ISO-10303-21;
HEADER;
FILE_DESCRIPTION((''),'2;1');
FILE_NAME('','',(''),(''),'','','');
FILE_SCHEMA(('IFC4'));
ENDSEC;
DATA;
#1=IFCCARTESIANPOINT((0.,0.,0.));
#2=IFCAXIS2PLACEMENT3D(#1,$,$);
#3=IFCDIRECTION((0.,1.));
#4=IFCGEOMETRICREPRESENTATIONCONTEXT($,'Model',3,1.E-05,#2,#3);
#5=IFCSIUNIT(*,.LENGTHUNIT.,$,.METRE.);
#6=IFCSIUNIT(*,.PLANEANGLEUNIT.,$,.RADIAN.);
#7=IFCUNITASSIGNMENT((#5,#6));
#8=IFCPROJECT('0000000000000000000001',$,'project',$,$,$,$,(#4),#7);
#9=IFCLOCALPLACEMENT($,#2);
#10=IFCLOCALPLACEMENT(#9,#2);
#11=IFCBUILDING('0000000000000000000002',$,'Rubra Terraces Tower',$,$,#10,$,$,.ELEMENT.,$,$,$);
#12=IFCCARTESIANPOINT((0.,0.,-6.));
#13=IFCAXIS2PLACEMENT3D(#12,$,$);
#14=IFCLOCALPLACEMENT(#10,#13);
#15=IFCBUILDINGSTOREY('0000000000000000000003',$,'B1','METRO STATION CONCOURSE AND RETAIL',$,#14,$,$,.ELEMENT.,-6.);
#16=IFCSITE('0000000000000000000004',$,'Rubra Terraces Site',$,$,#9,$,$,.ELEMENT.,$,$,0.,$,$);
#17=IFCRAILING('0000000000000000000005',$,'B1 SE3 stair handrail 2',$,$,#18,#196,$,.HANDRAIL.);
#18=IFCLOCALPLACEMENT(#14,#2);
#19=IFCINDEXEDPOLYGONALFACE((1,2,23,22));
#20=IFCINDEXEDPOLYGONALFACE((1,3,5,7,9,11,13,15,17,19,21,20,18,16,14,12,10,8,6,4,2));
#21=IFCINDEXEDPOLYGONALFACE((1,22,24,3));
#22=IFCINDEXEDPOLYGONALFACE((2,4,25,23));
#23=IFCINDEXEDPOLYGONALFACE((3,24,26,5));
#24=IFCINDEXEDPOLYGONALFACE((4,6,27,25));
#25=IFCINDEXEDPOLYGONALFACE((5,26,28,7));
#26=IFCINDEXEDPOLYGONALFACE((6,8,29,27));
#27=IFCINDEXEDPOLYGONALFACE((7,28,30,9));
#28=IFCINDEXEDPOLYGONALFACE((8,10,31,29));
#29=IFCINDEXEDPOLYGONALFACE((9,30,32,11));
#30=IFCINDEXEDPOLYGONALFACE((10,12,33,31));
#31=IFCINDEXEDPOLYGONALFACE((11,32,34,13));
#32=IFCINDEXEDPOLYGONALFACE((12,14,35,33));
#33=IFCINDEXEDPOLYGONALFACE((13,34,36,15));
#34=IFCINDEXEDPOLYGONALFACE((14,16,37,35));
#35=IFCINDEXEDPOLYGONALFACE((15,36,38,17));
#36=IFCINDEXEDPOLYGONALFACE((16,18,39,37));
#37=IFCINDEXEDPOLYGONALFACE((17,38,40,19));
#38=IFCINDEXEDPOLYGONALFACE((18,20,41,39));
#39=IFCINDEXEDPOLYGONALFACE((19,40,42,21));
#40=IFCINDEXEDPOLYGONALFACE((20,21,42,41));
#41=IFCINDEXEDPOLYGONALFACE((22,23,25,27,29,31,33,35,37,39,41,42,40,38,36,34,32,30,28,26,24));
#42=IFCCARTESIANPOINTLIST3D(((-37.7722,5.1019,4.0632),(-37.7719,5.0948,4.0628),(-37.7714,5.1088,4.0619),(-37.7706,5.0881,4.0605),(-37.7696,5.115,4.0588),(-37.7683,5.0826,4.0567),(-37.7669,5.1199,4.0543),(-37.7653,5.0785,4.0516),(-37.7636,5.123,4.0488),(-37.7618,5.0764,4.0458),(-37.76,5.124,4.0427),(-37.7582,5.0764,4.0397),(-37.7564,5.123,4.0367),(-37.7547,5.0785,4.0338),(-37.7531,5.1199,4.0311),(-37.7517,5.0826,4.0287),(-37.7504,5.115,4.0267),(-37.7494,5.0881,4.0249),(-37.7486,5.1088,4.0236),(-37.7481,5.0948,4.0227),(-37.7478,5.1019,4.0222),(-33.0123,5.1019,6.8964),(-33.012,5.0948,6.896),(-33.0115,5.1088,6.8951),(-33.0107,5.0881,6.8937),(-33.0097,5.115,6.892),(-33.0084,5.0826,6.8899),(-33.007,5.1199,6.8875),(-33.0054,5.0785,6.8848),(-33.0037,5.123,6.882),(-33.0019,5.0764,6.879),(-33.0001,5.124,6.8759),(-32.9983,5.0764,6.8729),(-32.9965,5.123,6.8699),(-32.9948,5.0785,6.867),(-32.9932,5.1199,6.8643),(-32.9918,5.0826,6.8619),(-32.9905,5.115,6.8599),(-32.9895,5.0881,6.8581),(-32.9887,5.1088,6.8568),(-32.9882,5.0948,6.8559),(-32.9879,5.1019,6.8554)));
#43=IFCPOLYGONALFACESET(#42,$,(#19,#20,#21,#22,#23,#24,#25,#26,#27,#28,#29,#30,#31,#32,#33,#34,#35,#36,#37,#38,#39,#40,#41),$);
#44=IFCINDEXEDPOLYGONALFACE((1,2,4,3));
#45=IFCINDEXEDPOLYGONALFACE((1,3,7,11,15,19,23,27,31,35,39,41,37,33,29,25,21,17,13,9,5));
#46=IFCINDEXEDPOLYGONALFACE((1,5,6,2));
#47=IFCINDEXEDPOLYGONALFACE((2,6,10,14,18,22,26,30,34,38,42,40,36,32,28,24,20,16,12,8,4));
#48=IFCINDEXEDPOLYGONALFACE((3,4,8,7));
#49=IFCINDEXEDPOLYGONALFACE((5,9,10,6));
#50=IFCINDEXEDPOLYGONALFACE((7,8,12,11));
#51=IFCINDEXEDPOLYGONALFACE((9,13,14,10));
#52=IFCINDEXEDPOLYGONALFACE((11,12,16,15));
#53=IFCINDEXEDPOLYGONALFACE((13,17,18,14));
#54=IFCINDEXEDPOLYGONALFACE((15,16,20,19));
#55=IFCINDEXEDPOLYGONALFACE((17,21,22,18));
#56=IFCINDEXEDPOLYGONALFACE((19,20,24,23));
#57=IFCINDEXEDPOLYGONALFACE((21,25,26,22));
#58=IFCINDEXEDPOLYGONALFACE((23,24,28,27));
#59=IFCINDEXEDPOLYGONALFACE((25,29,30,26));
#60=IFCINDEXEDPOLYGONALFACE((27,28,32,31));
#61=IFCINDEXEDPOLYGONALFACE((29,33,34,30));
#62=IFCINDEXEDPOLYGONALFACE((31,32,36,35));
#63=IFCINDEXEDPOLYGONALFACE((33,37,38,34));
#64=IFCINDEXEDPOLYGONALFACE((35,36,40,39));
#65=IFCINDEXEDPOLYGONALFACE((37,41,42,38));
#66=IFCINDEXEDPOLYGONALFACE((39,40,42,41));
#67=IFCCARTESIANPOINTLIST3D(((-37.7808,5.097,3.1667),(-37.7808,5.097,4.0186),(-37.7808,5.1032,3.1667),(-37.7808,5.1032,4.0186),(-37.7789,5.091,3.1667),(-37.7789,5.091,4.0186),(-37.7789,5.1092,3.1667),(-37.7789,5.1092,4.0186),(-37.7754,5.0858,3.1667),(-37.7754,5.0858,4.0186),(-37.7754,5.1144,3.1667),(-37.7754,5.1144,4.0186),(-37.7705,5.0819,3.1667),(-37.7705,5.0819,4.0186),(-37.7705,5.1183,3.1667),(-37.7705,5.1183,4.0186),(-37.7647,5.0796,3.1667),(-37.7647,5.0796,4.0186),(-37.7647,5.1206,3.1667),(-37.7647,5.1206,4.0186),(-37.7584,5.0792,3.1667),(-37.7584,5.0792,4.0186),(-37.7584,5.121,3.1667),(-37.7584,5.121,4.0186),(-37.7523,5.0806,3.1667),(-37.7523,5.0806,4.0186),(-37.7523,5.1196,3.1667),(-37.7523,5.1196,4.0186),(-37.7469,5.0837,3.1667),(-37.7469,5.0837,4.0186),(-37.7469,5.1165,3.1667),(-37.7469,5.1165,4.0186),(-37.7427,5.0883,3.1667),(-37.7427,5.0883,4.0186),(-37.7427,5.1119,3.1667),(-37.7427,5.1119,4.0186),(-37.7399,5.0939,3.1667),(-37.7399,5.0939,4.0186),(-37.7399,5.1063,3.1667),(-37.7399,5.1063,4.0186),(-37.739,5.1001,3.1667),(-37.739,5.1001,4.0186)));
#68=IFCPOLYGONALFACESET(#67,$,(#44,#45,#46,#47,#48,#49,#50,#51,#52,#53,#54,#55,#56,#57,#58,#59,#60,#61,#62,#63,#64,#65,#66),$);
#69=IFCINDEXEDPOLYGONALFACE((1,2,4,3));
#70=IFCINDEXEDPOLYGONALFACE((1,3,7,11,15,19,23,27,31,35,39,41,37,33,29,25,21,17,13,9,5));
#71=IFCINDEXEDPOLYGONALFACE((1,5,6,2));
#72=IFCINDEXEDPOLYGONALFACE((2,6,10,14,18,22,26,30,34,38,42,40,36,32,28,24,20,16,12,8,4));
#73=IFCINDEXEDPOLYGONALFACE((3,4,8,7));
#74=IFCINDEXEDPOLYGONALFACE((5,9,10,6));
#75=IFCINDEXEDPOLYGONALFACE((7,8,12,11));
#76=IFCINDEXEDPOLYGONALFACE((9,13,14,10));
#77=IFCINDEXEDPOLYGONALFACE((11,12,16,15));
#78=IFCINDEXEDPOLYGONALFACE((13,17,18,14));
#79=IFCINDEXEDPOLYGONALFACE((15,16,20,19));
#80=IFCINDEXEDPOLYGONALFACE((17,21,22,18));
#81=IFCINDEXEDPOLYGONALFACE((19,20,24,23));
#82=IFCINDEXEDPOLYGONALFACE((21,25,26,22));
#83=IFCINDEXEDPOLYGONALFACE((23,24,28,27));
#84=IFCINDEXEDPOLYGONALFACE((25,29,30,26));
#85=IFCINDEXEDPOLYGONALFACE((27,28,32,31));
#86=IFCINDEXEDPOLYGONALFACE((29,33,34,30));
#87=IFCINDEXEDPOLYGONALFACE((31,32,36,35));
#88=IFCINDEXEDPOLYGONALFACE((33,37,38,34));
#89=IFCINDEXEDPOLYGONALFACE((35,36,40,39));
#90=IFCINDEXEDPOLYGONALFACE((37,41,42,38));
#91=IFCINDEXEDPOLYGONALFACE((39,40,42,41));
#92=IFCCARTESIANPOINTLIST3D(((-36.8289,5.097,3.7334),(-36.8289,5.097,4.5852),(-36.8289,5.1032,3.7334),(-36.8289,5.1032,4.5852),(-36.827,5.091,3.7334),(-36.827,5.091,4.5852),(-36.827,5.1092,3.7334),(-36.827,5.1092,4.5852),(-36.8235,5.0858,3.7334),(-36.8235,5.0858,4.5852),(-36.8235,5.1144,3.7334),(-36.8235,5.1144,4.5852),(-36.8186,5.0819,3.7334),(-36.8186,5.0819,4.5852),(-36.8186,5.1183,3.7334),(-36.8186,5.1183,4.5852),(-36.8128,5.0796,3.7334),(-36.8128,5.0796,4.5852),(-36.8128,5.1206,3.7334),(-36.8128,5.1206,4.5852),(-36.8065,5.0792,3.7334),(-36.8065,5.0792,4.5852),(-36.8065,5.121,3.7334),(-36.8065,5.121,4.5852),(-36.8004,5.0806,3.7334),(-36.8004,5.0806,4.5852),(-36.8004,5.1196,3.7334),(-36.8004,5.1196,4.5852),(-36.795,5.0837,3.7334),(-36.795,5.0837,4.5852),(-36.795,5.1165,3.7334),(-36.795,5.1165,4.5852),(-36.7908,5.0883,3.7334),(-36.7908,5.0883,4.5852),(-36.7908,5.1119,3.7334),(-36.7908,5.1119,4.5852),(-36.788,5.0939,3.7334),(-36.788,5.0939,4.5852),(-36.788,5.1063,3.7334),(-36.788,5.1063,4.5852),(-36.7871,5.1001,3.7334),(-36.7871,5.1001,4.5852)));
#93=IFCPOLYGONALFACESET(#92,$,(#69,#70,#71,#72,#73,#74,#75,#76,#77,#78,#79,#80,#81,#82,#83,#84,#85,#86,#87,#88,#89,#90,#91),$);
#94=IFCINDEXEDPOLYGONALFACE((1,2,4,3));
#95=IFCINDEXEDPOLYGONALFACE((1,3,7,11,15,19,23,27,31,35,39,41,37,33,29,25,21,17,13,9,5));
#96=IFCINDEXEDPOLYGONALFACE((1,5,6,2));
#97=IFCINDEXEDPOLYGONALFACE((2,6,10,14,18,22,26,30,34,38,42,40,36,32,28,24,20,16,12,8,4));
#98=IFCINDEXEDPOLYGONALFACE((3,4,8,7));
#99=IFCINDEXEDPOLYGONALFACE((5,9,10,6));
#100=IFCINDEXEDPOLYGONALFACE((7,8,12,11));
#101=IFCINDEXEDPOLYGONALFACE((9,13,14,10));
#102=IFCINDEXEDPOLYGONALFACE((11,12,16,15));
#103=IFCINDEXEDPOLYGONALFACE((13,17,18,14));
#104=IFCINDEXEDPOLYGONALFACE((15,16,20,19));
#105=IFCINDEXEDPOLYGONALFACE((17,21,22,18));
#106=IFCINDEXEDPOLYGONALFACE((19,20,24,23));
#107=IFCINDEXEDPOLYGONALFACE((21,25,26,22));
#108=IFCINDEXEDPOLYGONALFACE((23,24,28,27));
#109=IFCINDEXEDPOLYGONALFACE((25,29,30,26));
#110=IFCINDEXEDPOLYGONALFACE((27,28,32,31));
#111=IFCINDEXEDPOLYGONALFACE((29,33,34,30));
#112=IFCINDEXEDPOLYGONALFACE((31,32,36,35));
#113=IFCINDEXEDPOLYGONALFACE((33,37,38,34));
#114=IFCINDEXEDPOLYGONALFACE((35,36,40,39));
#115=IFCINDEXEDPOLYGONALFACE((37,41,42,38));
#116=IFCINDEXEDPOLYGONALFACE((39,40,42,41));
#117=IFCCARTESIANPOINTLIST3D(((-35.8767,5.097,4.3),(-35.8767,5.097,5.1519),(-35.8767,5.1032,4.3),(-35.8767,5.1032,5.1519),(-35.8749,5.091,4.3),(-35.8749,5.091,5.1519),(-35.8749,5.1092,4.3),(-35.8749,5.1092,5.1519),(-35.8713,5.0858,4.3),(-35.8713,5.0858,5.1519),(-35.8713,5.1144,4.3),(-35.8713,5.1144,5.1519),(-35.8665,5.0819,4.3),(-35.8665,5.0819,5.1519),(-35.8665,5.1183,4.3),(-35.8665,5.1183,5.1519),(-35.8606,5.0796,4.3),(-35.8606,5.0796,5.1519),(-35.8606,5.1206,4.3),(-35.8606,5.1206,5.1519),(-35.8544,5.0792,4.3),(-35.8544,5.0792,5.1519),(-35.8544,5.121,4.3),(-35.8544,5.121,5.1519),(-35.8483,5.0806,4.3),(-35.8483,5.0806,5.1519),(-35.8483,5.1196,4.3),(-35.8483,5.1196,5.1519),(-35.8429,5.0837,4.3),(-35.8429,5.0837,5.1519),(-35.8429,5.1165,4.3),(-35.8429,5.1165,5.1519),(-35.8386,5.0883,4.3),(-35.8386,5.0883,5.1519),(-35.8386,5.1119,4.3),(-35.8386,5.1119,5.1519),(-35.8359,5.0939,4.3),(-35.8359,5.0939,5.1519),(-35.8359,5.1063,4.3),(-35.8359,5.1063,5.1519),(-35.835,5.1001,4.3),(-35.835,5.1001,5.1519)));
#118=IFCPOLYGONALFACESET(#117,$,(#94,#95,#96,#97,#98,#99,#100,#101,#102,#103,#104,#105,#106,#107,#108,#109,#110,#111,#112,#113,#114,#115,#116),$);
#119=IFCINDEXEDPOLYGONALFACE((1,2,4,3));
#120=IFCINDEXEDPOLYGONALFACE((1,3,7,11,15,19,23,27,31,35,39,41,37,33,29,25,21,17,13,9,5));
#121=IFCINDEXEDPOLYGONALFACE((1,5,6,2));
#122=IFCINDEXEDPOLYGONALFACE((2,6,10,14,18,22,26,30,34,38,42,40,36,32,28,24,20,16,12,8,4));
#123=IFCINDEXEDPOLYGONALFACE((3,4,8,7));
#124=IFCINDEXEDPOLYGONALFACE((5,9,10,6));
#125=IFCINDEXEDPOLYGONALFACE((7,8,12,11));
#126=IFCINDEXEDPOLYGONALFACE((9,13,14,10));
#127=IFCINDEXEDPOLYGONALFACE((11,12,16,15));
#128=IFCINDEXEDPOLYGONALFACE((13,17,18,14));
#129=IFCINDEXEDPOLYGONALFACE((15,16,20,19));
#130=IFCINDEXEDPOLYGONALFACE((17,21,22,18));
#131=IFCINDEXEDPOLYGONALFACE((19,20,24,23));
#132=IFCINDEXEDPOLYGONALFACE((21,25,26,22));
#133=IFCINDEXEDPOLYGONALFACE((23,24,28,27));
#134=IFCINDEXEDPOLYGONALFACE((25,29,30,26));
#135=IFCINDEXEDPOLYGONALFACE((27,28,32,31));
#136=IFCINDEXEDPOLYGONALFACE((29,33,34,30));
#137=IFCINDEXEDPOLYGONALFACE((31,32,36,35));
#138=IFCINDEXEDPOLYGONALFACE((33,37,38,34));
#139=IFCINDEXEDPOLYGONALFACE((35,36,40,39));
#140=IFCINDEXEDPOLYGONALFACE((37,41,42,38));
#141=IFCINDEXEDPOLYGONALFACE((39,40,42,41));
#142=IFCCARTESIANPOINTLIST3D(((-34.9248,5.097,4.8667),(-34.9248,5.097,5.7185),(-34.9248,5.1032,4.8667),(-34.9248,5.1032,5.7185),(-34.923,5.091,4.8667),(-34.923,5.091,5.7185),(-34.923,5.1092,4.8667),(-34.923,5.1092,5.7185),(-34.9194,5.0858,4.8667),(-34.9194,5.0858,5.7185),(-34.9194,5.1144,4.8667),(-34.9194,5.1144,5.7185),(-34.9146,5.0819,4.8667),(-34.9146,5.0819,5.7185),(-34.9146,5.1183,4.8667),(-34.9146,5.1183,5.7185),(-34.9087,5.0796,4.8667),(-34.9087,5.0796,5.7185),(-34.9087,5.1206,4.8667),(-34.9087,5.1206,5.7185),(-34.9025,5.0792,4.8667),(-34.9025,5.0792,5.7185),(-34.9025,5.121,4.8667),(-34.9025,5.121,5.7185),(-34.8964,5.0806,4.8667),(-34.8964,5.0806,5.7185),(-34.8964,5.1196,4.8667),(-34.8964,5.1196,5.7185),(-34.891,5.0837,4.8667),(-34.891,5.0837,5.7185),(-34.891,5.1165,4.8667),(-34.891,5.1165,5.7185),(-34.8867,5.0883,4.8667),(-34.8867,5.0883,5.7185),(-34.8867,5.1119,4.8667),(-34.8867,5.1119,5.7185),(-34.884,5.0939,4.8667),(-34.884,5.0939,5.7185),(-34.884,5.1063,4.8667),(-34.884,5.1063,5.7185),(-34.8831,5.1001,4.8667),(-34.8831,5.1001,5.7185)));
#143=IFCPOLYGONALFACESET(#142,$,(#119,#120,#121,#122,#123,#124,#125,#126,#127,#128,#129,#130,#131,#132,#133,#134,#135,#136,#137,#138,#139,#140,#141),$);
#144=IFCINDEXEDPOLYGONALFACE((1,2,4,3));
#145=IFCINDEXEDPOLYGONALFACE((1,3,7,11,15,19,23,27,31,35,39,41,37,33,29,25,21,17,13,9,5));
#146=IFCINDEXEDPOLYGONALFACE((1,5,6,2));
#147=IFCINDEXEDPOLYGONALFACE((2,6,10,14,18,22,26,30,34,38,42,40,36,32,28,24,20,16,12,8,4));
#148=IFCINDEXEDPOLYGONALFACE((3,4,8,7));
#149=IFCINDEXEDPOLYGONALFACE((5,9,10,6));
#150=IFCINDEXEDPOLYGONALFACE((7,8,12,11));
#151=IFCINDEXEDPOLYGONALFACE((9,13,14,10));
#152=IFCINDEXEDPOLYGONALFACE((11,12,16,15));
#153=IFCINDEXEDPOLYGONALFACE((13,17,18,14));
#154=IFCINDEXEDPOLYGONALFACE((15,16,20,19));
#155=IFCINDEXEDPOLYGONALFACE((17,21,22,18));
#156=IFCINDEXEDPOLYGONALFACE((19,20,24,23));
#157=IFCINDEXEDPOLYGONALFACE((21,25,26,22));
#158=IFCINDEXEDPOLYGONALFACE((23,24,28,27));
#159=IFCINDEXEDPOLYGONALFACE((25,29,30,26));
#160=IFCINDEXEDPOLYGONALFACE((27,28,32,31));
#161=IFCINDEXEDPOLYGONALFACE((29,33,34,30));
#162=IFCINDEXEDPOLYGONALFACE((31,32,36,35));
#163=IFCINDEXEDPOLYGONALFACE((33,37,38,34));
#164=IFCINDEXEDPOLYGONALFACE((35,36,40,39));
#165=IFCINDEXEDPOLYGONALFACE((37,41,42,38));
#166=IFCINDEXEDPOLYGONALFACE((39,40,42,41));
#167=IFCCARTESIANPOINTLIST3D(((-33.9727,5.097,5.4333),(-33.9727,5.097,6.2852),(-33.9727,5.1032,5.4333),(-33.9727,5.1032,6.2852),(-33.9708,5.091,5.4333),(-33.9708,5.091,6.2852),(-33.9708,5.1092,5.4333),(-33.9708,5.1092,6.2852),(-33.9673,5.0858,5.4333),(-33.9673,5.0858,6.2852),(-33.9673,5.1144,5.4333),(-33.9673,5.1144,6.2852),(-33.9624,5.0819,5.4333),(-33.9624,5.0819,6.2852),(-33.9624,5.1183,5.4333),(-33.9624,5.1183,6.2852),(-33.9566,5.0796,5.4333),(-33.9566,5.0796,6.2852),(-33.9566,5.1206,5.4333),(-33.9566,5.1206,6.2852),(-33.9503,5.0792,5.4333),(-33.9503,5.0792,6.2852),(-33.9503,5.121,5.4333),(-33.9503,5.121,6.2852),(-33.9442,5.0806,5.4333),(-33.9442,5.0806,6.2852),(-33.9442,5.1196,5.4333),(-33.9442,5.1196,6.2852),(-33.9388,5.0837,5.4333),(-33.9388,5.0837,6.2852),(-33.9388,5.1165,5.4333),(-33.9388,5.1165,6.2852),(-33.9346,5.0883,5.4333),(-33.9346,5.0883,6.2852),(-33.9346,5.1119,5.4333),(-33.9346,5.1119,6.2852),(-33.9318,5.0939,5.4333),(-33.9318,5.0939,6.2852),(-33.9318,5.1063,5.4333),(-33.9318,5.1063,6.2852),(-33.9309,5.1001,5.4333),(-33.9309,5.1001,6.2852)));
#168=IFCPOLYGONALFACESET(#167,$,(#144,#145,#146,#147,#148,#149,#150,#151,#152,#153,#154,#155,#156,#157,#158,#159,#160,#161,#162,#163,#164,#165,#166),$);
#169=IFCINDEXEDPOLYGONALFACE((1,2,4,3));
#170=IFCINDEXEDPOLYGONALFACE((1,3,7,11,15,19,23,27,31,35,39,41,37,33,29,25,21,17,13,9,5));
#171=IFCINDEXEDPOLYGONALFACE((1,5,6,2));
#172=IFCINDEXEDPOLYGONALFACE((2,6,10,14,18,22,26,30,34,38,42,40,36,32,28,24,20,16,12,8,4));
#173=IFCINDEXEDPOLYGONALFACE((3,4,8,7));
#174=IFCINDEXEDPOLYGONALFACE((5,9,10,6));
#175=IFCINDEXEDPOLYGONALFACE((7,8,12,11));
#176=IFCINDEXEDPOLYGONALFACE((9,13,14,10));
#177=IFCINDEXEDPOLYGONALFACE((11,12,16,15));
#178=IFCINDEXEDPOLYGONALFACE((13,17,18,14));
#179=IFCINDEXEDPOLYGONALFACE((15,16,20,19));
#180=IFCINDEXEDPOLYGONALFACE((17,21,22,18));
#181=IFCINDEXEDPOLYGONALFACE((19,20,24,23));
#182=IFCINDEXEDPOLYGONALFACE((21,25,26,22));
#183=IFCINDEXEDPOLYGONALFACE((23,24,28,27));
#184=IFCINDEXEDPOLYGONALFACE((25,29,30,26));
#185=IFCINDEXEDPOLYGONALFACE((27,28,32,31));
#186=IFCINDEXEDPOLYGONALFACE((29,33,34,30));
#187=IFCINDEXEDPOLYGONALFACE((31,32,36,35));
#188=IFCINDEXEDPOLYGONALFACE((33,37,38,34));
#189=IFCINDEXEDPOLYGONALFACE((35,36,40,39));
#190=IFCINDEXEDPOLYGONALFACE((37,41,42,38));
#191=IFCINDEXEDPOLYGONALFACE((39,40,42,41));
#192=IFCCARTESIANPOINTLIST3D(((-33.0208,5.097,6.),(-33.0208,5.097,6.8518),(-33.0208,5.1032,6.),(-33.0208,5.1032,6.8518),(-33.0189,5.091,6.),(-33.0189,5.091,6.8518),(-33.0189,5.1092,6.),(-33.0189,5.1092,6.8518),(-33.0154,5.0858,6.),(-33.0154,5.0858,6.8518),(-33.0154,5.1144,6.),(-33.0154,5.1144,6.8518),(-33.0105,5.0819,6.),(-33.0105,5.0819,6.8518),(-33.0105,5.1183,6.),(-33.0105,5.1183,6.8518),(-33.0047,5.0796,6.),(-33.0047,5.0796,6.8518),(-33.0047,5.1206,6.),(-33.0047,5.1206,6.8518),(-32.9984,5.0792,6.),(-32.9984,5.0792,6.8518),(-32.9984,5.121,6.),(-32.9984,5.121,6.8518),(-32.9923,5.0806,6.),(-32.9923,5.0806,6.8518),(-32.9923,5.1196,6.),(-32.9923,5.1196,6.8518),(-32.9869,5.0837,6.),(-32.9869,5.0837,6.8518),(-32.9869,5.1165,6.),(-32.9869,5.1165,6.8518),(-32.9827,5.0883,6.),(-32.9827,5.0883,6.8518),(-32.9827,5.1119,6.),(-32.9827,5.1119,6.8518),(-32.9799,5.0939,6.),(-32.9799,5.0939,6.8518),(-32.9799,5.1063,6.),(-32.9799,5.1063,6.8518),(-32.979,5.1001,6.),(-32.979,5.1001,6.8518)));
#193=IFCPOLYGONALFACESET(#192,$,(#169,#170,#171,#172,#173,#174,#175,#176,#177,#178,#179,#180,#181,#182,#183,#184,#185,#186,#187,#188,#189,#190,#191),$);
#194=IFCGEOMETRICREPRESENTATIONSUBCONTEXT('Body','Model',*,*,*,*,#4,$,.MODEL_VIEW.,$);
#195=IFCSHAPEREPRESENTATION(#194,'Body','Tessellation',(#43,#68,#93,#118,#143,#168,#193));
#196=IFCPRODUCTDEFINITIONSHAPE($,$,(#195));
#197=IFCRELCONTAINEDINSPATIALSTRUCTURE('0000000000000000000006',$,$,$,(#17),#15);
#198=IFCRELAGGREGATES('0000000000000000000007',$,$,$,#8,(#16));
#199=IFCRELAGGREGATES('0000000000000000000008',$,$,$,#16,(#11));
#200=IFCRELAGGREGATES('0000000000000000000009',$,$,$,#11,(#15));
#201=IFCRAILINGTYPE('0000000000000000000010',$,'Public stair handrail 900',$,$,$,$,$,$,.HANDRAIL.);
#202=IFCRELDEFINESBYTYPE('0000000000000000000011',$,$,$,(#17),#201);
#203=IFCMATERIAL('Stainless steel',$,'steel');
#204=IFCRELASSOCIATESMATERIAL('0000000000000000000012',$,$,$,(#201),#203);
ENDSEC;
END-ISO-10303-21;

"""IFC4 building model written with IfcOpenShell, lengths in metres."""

from ifc_helpers import new_model, si_unit, direction, frame, origin, origin_2d, place, context, subcontext, project, spatial, circle, extrude, material, type_object, element, save


model = new_model("IFC4")

# Units and contexts
model_context = context("Model", 3, precision=1e-05, world=origin(), true_north=direction((0.0, 1.0)))
body_context = subcontext(model_context, "Body", "Model", "MODEL_VIEW")
ifc_project = project(units=[si_unit("LENGTHUNIT", "METRE"), si_unit("PLANEANGLEUNIT", "RADIAN")], contexts=[model_context])

# Site, building, storey
site_placement = place(None, origin())
site = spatial("IfcSite", under=ifc_project, at=site_placement, Name="Rubra Terraces Site", CompositionType="ELEMENT", RefElevation=0.0)
building_placement = place(site_placement, origin())
building = spatial("IfcBuilding", under=site, at=building_placement, Name="Rubra Terraces Tower", CompositionType="ELEMENT")
storey_placement = place(building_placement, frame((0.0, 0.0, -6.0)))
storey = spatial("IfcBuildingStorey", under=building, at=storey_placement, Name="B1", Description="METRO STATION CONCOURSE AND RETAIL", CompositionType="ELEMENT", Elevation=-6.0)

# Railing
ifc_material_1 = material(Name="Stainless steel", Category="steel")
railing_type_1 = type_object("IfcRailingType", Name="Public stair handrail 900", PredefinedType="HANDRAIL", material=ifc_material_1)
railing_1_placement = place(storey_placement, frame((-37.76, 5.1001, 3.1667)))
element("IfcRailing", 1, at=railing_1_placement, inside=storey, type_object=railing_type_1, Name="B1 SE3 stair handrail 2", PredefinedType="HANDRAIL", context=body_context, shape_type="SweptSolid", body=[
    extrude(circle(Radius=0.0239, at=origin_2d()), frame((0.0, 0.0, 0.876), z_axis=(0.8593, 0.0, 0.511472), x_axis=(0.0, 1.0, 0.0)), (0.0, 0.0, 1.0), 5.5393),
    extrude(circle(Radius=0.021, at=origin_2d()), origin(), (0.0, 0.0, 1.0), 0.8518),
    extrude(circle(Radius=0.021, at=origin_2d()), frame((0.9519, 0.0, 0.5667)), (0.0, 0.0, 1.0), 0.8518),
    extrude(circle(Radius=0.021, at=origin_2d()), frame((1.9041, 0.0, 1.1333)), (0.0, 0.0, 1.0), 0.8518),
    extrude(circle(Radius=0.021, at=origin_2d()), frame((2.856, 0.0, 1.7)), (0.0, 0.0, 1.0), 0.8518),
    extrude(circle(Radius=0.021, at=origin_2d()), frame((3.8081, 0.0, 2.2666)), (0.0, 0.0, 1.0), 0.8518),
    extrude(circle(Radius=0.021, at=origin_2d()), frame((4.76, 0.0, 2.8333)), (0.0, 0.0, 1.0), 0.8518),
])

save(model, "model.ifc")
